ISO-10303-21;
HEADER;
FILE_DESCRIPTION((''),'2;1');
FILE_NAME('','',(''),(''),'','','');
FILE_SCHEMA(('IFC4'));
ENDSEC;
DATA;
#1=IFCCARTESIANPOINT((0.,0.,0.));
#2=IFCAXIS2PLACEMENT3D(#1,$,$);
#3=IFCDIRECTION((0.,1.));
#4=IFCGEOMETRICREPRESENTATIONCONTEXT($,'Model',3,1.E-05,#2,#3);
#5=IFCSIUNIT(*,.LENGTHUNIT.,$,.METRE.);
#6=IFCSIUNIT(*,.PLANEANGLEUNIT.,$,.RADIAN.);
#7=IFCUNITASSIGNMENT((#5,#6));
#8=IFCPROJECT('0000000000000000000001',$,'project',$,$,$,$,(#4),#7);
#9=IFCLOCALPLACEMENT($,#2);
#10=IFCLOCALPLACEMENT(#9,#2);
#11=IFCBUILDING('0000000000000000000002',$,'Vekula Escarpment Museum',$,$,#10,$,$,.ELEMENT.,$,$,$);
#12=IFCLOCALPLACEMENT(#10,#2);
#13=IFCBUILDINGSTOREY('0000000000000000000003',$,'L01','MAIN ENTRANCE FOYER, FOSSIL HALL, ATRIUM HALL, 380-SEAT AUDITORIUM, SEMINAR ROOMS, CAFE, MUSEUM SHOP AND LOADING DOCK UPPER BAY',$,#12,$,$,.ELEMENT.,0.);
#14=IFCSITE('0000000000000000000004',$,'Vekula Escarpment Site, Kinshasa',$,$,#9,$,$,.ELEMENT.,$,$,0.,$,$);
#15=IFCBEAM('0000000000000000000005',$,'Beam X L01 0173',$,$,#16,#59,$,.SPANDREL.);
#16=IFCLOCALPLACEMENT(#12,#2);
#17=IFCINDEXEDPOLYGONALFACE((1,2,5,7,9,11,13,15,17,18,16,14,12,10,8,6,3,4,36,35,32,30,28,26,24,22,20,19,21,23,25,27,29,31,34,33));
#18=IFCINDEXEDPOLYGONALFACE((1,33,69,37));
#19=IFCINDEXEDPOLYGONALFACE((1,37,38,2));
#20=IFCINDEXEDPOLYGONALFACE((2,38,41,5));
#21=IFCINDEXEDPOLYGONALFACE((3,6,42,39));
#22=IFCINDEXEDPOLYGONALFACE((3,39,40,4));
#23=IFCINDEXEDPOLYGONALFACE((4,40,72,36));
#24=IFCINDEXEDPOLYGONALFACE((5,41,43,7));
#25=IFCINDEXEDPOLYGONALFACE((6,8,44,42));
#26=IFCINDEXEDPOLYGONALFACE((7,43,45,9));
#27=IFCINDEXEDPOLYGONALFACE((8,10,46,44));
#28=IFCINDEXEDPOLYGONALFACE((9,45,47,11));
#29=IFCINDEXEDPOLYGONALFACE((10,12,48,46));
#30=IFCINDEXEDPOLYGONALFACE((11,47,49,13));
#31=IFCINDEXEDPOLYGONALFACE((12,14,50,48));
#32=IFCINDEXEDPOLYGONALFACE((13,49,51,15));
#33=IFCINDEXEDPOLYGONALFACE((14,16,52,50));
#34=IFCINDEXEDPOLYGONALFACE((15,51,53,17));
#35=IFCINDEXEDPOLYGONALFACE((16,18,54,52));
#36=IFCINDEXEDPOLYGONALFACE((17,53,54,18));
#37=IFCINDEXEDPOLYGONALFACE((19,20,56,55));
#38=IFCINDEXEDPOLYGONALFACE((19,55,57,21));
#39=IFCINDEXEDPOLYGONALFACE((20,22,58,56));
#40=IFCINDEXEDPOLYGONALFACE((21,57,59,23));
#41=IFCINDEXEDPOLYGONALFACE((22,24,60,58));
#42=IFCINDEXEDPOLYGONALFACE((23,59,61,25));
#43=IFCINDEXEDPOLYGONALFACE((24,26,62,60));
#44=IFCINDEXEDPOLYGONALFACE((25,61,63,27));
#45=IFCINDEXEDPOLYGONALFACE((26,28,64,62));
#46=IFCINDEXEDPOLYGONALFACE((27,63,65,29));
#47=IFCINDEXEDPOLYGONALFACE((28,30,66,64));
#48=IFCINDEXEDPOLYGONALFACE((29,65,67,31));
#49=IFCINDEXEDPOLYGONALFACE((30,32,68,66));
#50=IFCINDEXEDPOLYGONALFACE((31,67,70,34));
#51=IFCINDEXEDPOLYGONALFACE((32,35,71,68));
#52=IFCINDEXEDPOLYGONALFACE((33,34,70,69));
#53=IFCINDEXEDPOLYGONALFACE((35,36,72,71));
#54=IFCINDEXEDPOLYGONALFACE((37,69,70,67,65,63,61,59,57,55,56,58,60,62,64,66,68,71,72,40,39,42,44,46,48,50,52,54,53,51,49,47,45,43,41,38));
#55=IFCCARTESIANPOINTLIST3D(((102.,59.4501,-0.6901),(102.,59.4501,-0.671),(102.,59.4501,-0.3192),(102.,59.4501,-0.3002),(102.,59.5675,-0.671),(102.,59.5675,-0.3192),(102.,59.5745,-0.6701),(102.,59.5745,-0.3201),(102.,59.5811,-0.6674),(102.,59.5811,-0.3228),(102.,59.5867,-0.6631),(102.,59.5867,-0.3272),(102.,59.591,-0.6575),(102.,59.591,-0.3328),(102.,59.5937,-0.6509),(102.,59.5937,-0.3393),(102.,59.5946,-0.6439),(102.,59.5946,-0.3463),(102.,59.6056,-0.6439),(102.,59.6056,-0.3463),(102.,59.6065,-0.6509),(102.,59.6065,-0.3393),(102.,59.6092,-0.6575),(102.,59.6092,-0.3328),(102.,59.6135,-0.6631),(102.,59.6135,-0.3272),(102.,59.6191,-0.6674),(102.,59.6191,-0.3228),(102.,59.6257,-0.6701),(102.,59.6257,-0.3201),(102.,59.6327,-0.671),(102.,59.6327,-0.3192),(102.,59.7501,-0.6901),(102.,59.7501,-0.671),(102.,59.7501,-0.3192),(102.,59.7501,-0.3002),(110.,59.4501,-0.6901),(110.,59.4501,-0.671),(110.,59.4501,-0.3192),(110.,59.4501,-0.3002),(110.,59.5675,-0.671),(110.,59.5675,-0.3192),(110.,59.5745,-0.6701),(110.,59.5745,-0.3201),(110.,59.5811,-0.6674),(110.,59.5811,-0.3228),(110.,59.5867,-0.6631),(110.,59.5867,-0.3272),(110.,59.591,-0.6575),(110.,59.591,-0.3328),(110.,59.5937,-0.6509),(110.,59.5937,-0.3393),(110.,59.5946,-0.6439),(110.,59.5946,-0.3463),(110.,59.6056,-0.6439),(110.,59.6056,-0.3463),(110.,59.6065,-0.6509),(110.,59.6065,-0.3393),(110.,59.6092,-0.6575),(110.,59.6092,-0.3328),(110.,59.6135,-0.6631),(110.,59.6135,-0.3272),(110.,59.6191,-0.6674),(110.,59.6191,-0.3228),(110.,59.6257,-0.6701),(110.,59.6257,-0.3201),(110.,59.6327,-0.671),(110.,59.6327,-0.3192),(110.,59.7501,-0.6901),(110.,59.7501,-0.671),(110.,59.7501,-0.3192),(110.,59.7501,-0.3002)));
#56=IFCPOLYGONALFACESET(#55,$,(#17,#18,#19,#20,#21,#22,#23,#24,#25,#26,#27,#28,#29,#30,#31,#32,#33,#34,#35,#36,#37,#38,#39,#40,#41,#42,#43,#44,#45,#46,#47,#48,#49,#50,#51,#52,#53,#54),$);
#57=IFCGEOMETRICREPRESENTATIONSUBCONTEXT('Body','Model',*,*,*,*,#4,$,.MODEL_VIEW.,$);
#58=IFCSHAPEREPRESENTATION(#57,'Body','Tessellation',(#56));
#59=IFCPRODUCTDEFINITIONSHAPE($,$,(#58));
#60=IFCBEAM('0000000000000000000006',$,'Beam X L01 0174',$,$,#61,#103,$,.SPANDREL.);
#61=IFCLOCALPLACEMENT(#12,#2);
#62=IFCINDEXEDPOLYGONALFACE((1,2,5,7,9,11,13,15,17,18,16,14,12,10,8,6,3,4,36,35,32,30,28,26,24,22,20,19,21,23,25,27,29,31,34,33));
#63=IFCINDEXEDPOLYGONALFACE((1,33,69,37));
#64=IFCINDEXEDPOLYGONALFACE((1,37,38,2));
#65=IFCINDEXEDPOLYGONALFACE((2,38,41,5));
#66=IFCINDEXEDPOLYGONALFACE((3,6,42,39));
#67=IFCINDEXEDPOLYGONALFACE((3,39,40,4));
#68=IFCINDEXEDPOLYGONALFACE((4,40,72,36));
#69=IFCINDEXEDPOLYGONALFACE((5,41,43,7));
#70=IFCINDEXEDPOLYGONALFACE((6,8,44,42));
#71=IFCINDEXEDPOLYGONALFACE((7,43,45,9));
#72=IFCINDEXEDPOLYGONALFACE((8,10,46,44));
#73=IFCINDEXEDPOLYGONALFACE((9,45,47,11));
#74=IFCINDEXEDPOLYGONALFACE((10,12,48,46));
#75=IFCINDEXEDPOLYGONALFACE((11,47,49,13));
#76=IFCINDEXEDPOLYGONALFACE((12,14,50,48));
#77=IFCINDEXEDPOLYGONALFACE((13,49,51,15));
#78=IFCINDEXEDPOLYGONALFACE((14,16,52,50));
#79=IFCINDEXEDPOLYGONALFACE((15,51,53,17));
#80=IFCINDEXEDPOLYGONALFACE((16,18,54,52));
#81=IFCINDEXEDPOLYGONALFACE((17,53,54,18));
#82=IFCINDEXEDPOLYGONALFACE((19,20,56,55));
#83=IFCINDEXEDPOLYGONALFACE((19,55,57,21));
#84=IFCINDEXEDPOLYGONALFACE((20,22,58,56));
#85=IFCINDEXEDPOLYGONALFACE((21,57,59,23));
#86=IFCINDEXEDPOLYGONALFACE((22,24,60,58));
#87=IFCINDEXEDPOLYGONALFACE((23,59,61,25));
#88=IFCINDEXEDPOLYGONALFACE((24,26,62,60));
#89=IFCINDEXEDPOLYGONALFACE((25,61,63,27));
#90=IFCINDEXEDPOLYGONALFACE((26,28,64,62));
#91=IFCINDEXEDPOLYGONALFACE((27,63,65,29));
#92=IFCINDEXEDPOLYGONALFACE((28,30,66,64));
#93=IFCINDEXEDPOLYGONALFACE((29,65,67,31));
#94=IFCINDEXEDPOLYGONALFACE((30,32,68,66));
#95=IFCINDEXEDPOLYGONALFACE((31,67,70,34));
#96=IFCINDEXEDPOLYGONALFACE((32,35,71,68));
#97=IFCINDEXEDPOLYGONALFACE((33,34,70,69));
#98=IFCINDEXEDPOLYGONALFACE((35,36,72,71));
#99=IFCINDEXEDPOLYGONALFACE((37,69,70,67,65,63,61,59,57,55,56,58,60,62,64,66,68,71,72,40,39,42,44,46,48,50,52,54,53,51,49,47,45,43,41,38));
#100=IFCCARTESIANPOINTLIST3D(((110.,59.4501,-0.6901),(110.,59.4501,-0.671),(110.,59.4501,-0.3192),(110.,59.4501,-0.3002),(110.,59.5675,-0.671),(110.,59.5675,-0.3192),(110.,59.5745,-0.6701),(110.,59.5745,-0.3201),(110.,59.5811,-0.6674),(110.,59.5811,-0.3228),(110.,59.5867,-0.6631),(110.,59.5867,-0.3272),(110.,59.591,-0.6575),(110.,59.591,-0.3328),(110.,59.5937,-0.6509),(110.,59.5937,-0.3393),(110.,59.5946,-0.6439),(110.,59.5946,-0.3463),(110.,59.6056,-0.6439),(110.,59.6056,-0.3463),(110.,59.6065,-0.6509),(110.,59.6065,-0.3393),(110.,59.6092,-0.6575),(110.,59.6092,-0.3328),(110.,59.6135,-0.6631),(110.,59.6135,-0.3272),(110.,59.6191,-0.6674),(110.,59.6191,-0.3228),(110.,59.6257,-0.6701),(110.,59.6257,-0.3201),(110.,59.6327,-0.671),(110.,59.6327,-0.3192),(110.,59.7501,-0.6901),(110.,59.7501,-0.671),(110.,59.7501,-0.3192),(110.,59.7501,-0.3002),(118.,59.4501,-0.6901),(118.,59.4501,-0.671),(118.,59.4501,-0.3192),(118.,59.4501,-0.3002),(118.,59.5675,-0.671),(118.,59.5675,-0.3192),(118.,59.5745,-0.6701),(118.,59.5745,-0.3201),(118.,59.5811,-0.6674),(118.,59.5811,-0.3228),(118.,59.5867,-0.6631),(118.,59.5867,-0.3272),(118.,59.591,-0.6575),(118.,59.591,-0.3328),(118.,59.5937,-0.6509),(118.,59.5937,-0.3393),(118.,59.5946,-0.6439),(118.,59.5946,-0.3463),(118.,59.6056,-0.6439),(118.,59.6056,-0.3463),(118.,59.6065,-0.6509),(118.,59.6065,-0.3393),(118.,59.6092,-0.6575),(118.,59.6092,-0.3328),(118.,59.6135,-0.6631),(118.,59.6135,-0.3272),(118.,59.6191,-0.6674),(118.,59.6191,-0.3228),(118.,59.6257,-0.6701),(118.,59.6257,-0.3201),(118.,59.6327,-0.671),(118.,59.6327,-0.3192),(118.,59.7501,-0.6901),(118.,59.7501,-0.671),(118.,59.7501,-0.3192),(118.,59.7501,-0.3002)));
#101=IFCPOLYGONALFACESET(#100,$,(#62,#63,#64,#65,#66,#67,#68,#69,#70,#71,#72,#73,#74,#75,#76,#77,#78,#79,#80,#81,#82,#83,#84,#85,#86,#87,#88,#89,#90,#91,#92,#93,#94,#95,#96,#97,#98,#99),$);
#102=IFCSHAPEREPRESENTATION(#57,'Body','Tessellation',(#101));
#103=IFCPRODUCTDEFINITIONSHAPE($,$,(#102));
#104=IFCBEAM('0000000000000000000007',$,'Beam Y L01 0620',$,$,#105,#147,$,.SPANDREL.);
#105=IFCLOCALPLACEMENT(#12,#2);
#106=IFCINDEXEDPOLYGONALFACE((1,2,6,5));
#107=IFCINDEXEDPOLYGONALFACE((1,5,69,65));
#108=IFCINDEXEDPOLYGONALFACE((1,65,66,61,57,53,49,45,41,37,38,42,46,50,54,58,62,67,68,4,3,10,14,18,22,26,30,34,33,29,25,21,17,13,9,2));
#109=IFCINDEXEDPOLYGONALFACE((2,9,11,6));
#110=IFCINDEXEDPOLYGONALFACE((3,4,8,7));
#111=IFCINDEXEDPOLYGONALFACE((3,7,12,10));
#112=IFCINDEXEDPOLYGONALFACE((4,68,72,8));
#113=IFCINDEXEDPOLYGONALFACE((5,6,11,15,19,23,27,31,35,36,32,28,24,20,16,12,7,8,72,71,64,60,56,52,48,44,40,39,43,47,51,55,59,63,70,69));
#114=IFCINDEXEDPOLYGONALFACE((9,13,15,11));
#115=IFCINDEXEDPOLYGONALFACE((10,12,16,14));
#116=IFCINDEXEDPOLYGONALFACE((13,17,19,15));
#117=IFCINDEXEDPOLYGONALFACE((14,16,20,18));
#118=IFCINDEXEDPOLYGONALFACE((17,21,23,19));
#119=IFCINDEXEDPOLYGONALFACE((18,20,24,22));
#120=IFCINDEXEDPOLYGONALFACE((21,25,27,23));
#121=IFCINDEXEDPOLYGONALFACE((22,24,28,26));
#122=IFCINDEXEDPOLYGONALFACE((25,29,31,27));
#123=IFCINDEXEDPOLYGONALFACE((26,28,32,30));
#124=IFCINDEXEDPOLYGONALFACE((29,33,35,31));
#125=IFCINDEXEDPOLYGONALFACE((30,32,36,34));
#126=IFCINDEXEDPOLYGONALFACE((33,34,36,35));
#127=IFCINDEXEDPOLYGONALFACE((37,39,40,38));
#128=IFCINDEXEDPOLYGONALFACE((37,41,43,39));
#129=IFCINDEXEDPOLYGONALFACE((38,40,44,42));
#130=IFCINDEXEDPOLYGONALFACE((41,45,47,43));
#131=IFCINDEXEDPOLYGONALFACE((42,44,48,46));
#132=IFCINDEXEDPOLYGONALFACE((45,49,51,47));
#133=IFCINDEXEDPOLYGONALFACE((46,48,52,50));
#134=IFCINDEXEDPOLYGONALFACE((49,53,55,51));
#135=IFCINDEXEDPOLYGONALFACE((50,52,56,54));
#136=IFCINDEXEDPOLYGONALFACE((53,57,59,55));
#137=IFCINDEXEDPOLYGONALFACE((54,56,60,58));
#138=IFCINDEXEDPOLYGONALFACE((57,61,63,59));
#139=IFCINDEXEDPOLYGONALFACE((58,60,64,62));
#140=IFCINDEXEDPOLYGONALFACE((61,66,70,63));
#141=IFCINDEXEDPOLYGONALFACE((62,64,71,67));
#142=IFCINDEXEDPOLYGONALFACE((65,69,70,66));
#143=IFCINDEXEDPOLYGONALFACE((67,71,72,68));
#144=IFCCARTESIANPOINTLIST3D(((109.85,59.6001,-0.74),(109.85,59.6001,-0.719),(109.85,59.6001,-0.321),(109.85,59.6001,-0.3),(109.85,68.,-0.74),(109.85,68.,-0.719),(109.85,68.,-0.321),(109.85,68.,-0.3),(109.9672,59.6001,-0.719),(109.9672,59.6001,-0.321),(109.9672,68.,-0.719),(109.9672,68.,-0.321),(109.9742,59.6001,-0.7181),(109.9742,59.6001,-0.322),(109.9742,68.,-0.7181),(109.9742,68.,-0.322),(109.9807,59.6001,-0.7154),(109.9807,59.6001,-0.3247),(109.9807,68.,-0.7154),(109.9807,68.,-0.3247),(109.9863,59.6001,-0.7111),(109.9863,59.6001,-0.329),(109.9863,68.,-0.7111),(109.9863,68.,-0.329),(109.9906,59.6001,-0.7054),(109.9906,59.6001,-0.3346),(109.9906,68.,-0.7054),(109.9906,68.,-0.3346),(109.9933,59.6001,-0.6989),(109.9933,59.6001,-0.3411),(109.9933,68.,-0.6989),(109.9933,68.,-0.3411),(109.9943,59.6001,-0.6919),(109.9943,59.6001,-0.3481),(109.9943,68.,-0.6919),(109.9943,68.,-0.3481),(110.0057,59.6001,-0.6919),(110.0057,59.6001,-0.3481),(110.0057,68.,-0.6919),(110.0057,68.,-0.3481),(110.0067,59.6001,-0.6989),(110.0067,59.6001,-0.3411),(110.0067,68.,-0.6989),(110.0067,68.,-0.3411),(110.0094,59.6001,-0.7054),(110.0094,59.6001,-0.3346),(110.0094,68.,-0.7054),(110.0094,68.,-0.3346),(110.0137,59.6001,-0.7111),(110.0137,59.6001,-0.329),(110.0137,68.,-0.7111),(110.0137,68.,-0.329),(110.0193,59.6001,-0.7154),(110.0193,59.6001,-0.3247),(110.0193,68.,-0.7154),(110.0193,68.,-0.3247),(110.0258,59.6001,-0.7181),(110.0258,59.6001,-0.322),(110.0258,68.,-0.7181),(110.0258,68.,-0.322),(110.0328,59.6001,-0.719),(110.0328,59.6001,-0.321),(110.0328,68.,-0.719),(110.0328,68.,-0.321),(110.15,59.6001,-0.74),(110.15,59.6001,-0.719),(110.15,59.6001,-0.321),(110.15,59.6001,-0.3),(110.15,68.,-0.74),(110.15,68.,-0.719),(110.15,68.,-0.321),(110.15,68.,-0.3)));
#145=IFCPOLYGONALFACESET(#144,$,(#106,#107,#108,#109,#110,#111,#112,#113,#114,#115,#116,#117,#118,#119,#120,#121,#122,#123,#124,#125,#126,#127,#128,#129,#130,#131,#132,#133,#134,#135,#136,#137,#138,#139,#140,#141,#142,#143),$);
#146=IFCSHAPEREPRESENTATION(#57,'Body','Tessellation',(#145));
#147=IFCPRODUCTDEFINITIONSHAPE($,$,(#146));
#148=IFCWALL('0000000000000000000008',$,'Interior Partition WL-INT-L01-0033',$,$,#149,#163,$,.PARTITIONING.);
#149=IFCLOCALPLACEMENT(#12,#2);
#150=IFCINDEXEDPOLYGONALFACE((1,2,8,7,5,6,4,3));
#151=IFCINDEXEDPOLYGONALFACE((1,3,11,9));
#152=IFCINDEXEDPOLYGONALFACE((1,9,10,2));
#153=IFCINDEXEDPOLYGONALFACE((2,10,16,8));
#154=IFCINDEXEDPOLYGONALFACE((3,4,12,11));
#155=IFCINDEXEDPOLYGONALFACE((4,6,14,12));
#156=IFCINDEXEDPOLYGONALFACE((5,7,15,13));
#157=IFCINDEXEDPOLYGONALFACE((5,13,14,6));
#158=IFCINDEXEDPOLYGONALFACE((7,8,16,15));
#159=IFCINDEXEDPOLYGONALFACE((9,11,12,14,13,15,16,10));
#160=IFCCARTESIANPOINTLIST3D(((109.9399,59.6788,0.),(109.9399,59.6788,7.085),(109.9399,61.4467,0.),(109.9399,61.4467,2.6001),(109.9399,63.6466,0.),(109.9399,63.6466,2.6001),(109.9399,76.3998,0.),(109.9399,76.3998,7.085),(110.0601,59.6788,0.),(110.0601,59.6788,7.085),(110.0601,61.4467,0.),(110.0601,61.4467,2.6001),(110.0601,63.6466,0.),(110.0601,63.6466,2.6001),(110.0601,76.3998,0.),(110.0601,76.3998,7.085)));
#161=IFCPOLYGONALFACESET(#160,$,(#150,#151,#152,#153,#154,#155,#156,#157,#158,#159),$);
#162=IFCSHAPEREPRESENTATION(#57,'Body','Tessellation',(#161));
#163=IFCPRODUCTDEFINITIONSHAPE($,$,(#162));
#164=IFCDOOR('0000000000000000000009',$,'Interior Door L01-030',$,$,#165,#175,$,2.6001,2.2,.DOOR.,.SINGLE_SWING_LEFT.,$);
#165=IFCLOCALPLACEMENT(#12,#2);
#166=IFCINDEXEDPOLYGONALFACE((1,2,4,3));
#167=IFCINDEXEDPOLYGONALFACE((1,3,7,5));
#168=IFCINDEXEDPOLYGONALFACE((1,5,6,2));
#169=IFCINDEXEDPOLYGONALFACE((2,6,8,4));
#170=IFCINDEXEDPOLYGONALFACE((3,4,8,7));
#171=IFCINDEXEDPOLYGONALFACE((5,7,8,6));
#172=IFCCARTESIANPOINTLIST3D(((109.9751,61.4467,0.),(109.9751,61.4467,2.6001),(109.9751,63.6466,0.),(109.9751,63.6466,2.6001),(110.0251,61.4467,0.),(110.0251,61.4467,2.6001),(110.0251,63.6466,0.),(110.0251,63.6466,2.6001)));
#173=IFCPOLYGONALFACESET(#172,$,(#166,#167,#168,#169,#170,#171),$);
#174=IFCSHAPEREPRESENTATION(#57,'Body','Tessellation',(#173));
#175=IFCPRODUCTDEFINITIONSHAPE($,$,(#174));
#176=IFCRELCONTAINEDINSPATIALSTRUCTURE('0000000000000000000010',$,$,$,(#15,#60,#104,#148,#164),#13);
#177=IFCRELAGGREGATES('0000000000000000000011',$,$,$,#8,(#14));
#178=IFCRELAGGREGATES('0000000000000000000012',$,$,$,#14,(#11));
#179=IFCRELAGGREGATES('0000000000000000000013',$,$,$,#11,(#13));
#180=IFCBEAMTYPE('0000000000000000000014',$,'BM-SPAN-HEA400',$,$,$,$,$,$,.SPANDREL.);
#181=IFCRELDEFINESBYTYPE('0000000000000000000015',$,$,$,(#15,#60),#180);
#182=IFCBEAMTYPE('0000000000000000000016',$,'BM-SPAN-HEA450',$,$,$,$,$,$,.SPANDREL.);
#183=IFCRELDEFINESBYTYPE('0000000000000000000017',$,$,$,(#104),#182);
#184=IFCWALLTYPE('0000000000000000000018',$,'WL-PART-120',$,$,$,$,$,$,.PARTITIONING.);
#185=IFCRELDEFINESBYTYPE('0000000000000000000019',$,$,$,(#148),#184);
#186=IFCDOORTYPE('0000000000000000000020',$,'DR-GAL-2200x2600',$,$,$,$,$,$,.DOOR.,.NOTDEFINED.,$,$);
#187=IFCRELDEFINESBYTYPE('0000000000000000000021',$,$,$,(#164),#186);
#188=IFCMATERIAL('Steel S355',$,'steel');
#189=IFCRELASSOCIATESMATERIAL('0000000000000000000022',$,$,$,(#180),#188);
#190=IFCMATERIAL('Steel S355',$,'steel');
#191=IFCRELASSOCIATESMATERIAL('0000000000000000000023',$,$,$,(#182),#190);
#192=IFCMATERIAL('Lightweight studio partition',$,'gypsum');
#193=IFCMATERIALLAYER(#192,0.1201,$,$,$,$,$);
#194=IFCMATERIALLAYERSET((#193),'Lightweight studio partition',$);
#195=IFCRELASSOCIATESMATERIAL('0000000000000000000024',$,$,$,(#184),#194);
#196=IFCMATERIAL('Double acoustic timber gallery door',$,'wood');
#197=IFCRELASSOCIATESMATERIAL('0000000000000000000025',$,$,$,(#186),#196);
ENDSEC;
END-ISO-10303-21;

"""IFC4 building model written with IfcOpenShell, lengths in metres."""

from ifc_helpers import new_model, si_unit, direction, frame, frame_2d, origin, origin_2d, place, context, subcontext, project, spatial, rectangle, i_section, extrude, material, layer, layer_set, material_profile, profile_set, type_object, element, fill, save


model = new_model("IFC4")

# Units and contexts
model_context = context("Model", 3, precision=1e-05, world=origin(), true_north=direction((0.0, 1.0)))
body_context = subcontext(model_context, "Body", "Model", "MODEL_VIEW")
ifc_project = project(units=[si_unit("LENGTHUNIT", "METRE"), si_unit("PLANEANGLEUNIT", "RADIAN")], contexts=[model_context])

# Site, building, storey
site_placement = place(None, origin())
site = spatial("IfcSite", under=ifc_project, at=site_placement, Name="Vekula Escarpment Site, Kinshasa", CompositionType="ELEMENT", RefElevation=0.0)
building_placement = place(site_placement, origin())
building = spatial("IfcBuilding", under=site, at=building_placement, Name="Vekula Escarpment Museum", CompositionType="ELEMENT")
storey_placement = place(building_placement, origin())
storey = spatial("IfcBuildingStorey", under=building, at=storey_placement, Name="L01", Description="MAIN ENTRANCE FOYER, FOSSIL HALL, ATRIUM HALL, 380-SEAT AUDITORIUM, SEMINAR ROOMS, CAFE, MUSEUM SHOP AND LOADING DOCK UPPER BAY", CompositionType="ELEMENT", Elevation=0.0)

# Beams
ifc_material_1 = material(Name="Steel S355", Category="steel")
ifc_material_profile_1 = material_profile(ifc_material_1, i_section(OverallWidth=0.3, OverallDepth=0.3899, WebThickness=0.011, FlangeThickness=0.019, FilletRadius=0.0271, at=origin_2d()), Name="HEA 400")
ifc_profile_set_1 = profile_set([ifc_material_profile_1], Name="Steel S355")
beam_type_1 = type_object("IfcBeamType", Name="BM-SPAN-HEA400", PredefinedType="SPANDREL", material=ifc_profile_set_1)
for number, where, z_axis, x_axis, name in (
    (1, (102.0, 59.6001, -0.4951), (1.0, 0.0, 0.0), (0.0, 1.0, 0.0), "Beam X L01 0173"),
    (2, (110.0, 59.6001, -0.4951), (1.0, 0.0, 0.0), (0.0, 1.0, 0.0), "Beam X L01 0174"),
):
    element("IfcBeam", number, at=place(storey_placement, frame(where, z_axis=z_axis, x_axis=x_axis)), inside=storey, type_object=beam_type_1, Name=name, PredefinedType="SPANDREL", context=body_context, shape_type="SweptSolid", body=[
        extrude(i_section(OverallWidth=0.3, OverallDepth=0.3899, WebThickness=0.011, FlangeThickness=0.019, FilletRadius=0.0271, at=origin_2d()), origin(), (0.0, 0.0, 1.0), 8.0),
    ])
ifc_material_2 = material(Name="Steel S355", Category="steel")
ifc_material_profile_2 = material_profile(ifc_material_2, i_section(OverallWidth=0.3, OverallDepth=0.4399, WebThickness=0.0115, FlangeThickness=0.021, FilletRadius=0.0271, at=origin_2d()), Name="HEA 450")
ifc_profile_set_2 = profile_set([ifc_material_profile_2], Name="Steel S355")
beam_type_2 = type_object("IfcBeamType", Name="BM-SPAN-HEA450", PredefinedType="SPANDREL", material=ifc_profile_set_2)
beam_1_placement = place(storey_placement, frame((110.0, 59.6001, -0.52), z_axis=(0.0, 1.0, 0.0), x_axis=(-1.0, 0.0, 0.0)))
element("IfcBeam", 3, at=beam_1_placement, inside=storey, type_object=beam_type_2, Name="Beam Y L01 0620", PredefinedType="SPANDREL", context=body_context, shape_type="SweptSolid", body=[
    extrude(i_section(OverallWidth=0.3, OverallDepth=0.4399, WebThickness=0.0115, FlangeThickness=0.021, FilletRadius=0.0271, at=origin_2d()), origin(), (0.0, 0.0, 1.0), 8.3999),
])

# Wall, opening, door
ifc_material_3 = material(Name="Lightweight studio partition", Category="gypsum")
ifc_layer = layer(ifc_material_3, 0.1201)
ifc_layer_set = layer_set([ifc_layer], Name="Lightweight studio partition")
wall_type = type_object("IfcWallType", Name="WL-PART-120", PredefinedType="PARTITIONING", material=ifc_layer_set)
wall_1_placement = place(storey_placement, frame((110.0, 59.679, 0.0), z_axis=(0.0, 0.0, 1.0), x_axis=(0.0, 1.0, 0.0)))
wall_1 = element("IfcWall", 4, at=wall_1_placement, inside=storey, type_object=wall_type, Name="Interior Partition WL-INT-L01-0033", PredefinedType="PARTITIONING", context=body_context, shape_type="SweptSolid", body=[
    extrude(rectangle(XDim=16.7209, YDim=0.1201, at=frame_2d((8.3604, 0.0))), origin(), (0.0, 0.0, 1.0), 7.085),
])
opening_1_placement = place(wall_1_placement, frame((1.7676, 0.0, 0.0)))
opening_1 = element("IfcOpeningElement", 5, at=opening_1_placement, cuts=wall_1, PredefinedType="OPENING", context=body_context, shape_type="SweptSolid", body=[
    extrude(rectangle(XDim=2.2, YDim=2.6001, at=frame_2d((1.1001, 1.3))), frame((0.0, 0.0701, 0.0), z_axis=(0.0, -1.0, 0.0), x_axis=(1.0, 0.0, 0.0)), (0.0, 0.0, 1.0), 0.1401),
])
ifc_material_4 = material(Name="Double acoustic timber gallery door", Category="wood")
door_type = type_object("IfcDoorType", Name="DR-GAL-2200x2600", OperationType="NOTDEFINED", PredefinedType="DOOR", material=ifc_material_4)
door_1_placement = place(opening_1_placement, origin())
door_1 = element("IfcDoor", 6, at=door_1_placement, inside=storey, type_object=door_type, Name="Interior Door L01-030", OperationType="SINGLE_SWING_LEFT", OverallHeight=2.6001, OverallWidth=2.2, PredefinedType="DOOR", context=body_context, shape_type="SweptSolid", body=[
    extrude(rectangle(XDim=2.2, YDim=2.6001, at=frame_2d((1.1001, 1.3))), frame((0.0, 0.0249, 0.0), z_axis=(0.0, -1.0, 0.0), x_axis=(1.0, 0.0, 0.0)), (0.0, 0.0, 1.0), 0.05),
])
fill(opening_1, door_1)

save(model, "model.ifc")
